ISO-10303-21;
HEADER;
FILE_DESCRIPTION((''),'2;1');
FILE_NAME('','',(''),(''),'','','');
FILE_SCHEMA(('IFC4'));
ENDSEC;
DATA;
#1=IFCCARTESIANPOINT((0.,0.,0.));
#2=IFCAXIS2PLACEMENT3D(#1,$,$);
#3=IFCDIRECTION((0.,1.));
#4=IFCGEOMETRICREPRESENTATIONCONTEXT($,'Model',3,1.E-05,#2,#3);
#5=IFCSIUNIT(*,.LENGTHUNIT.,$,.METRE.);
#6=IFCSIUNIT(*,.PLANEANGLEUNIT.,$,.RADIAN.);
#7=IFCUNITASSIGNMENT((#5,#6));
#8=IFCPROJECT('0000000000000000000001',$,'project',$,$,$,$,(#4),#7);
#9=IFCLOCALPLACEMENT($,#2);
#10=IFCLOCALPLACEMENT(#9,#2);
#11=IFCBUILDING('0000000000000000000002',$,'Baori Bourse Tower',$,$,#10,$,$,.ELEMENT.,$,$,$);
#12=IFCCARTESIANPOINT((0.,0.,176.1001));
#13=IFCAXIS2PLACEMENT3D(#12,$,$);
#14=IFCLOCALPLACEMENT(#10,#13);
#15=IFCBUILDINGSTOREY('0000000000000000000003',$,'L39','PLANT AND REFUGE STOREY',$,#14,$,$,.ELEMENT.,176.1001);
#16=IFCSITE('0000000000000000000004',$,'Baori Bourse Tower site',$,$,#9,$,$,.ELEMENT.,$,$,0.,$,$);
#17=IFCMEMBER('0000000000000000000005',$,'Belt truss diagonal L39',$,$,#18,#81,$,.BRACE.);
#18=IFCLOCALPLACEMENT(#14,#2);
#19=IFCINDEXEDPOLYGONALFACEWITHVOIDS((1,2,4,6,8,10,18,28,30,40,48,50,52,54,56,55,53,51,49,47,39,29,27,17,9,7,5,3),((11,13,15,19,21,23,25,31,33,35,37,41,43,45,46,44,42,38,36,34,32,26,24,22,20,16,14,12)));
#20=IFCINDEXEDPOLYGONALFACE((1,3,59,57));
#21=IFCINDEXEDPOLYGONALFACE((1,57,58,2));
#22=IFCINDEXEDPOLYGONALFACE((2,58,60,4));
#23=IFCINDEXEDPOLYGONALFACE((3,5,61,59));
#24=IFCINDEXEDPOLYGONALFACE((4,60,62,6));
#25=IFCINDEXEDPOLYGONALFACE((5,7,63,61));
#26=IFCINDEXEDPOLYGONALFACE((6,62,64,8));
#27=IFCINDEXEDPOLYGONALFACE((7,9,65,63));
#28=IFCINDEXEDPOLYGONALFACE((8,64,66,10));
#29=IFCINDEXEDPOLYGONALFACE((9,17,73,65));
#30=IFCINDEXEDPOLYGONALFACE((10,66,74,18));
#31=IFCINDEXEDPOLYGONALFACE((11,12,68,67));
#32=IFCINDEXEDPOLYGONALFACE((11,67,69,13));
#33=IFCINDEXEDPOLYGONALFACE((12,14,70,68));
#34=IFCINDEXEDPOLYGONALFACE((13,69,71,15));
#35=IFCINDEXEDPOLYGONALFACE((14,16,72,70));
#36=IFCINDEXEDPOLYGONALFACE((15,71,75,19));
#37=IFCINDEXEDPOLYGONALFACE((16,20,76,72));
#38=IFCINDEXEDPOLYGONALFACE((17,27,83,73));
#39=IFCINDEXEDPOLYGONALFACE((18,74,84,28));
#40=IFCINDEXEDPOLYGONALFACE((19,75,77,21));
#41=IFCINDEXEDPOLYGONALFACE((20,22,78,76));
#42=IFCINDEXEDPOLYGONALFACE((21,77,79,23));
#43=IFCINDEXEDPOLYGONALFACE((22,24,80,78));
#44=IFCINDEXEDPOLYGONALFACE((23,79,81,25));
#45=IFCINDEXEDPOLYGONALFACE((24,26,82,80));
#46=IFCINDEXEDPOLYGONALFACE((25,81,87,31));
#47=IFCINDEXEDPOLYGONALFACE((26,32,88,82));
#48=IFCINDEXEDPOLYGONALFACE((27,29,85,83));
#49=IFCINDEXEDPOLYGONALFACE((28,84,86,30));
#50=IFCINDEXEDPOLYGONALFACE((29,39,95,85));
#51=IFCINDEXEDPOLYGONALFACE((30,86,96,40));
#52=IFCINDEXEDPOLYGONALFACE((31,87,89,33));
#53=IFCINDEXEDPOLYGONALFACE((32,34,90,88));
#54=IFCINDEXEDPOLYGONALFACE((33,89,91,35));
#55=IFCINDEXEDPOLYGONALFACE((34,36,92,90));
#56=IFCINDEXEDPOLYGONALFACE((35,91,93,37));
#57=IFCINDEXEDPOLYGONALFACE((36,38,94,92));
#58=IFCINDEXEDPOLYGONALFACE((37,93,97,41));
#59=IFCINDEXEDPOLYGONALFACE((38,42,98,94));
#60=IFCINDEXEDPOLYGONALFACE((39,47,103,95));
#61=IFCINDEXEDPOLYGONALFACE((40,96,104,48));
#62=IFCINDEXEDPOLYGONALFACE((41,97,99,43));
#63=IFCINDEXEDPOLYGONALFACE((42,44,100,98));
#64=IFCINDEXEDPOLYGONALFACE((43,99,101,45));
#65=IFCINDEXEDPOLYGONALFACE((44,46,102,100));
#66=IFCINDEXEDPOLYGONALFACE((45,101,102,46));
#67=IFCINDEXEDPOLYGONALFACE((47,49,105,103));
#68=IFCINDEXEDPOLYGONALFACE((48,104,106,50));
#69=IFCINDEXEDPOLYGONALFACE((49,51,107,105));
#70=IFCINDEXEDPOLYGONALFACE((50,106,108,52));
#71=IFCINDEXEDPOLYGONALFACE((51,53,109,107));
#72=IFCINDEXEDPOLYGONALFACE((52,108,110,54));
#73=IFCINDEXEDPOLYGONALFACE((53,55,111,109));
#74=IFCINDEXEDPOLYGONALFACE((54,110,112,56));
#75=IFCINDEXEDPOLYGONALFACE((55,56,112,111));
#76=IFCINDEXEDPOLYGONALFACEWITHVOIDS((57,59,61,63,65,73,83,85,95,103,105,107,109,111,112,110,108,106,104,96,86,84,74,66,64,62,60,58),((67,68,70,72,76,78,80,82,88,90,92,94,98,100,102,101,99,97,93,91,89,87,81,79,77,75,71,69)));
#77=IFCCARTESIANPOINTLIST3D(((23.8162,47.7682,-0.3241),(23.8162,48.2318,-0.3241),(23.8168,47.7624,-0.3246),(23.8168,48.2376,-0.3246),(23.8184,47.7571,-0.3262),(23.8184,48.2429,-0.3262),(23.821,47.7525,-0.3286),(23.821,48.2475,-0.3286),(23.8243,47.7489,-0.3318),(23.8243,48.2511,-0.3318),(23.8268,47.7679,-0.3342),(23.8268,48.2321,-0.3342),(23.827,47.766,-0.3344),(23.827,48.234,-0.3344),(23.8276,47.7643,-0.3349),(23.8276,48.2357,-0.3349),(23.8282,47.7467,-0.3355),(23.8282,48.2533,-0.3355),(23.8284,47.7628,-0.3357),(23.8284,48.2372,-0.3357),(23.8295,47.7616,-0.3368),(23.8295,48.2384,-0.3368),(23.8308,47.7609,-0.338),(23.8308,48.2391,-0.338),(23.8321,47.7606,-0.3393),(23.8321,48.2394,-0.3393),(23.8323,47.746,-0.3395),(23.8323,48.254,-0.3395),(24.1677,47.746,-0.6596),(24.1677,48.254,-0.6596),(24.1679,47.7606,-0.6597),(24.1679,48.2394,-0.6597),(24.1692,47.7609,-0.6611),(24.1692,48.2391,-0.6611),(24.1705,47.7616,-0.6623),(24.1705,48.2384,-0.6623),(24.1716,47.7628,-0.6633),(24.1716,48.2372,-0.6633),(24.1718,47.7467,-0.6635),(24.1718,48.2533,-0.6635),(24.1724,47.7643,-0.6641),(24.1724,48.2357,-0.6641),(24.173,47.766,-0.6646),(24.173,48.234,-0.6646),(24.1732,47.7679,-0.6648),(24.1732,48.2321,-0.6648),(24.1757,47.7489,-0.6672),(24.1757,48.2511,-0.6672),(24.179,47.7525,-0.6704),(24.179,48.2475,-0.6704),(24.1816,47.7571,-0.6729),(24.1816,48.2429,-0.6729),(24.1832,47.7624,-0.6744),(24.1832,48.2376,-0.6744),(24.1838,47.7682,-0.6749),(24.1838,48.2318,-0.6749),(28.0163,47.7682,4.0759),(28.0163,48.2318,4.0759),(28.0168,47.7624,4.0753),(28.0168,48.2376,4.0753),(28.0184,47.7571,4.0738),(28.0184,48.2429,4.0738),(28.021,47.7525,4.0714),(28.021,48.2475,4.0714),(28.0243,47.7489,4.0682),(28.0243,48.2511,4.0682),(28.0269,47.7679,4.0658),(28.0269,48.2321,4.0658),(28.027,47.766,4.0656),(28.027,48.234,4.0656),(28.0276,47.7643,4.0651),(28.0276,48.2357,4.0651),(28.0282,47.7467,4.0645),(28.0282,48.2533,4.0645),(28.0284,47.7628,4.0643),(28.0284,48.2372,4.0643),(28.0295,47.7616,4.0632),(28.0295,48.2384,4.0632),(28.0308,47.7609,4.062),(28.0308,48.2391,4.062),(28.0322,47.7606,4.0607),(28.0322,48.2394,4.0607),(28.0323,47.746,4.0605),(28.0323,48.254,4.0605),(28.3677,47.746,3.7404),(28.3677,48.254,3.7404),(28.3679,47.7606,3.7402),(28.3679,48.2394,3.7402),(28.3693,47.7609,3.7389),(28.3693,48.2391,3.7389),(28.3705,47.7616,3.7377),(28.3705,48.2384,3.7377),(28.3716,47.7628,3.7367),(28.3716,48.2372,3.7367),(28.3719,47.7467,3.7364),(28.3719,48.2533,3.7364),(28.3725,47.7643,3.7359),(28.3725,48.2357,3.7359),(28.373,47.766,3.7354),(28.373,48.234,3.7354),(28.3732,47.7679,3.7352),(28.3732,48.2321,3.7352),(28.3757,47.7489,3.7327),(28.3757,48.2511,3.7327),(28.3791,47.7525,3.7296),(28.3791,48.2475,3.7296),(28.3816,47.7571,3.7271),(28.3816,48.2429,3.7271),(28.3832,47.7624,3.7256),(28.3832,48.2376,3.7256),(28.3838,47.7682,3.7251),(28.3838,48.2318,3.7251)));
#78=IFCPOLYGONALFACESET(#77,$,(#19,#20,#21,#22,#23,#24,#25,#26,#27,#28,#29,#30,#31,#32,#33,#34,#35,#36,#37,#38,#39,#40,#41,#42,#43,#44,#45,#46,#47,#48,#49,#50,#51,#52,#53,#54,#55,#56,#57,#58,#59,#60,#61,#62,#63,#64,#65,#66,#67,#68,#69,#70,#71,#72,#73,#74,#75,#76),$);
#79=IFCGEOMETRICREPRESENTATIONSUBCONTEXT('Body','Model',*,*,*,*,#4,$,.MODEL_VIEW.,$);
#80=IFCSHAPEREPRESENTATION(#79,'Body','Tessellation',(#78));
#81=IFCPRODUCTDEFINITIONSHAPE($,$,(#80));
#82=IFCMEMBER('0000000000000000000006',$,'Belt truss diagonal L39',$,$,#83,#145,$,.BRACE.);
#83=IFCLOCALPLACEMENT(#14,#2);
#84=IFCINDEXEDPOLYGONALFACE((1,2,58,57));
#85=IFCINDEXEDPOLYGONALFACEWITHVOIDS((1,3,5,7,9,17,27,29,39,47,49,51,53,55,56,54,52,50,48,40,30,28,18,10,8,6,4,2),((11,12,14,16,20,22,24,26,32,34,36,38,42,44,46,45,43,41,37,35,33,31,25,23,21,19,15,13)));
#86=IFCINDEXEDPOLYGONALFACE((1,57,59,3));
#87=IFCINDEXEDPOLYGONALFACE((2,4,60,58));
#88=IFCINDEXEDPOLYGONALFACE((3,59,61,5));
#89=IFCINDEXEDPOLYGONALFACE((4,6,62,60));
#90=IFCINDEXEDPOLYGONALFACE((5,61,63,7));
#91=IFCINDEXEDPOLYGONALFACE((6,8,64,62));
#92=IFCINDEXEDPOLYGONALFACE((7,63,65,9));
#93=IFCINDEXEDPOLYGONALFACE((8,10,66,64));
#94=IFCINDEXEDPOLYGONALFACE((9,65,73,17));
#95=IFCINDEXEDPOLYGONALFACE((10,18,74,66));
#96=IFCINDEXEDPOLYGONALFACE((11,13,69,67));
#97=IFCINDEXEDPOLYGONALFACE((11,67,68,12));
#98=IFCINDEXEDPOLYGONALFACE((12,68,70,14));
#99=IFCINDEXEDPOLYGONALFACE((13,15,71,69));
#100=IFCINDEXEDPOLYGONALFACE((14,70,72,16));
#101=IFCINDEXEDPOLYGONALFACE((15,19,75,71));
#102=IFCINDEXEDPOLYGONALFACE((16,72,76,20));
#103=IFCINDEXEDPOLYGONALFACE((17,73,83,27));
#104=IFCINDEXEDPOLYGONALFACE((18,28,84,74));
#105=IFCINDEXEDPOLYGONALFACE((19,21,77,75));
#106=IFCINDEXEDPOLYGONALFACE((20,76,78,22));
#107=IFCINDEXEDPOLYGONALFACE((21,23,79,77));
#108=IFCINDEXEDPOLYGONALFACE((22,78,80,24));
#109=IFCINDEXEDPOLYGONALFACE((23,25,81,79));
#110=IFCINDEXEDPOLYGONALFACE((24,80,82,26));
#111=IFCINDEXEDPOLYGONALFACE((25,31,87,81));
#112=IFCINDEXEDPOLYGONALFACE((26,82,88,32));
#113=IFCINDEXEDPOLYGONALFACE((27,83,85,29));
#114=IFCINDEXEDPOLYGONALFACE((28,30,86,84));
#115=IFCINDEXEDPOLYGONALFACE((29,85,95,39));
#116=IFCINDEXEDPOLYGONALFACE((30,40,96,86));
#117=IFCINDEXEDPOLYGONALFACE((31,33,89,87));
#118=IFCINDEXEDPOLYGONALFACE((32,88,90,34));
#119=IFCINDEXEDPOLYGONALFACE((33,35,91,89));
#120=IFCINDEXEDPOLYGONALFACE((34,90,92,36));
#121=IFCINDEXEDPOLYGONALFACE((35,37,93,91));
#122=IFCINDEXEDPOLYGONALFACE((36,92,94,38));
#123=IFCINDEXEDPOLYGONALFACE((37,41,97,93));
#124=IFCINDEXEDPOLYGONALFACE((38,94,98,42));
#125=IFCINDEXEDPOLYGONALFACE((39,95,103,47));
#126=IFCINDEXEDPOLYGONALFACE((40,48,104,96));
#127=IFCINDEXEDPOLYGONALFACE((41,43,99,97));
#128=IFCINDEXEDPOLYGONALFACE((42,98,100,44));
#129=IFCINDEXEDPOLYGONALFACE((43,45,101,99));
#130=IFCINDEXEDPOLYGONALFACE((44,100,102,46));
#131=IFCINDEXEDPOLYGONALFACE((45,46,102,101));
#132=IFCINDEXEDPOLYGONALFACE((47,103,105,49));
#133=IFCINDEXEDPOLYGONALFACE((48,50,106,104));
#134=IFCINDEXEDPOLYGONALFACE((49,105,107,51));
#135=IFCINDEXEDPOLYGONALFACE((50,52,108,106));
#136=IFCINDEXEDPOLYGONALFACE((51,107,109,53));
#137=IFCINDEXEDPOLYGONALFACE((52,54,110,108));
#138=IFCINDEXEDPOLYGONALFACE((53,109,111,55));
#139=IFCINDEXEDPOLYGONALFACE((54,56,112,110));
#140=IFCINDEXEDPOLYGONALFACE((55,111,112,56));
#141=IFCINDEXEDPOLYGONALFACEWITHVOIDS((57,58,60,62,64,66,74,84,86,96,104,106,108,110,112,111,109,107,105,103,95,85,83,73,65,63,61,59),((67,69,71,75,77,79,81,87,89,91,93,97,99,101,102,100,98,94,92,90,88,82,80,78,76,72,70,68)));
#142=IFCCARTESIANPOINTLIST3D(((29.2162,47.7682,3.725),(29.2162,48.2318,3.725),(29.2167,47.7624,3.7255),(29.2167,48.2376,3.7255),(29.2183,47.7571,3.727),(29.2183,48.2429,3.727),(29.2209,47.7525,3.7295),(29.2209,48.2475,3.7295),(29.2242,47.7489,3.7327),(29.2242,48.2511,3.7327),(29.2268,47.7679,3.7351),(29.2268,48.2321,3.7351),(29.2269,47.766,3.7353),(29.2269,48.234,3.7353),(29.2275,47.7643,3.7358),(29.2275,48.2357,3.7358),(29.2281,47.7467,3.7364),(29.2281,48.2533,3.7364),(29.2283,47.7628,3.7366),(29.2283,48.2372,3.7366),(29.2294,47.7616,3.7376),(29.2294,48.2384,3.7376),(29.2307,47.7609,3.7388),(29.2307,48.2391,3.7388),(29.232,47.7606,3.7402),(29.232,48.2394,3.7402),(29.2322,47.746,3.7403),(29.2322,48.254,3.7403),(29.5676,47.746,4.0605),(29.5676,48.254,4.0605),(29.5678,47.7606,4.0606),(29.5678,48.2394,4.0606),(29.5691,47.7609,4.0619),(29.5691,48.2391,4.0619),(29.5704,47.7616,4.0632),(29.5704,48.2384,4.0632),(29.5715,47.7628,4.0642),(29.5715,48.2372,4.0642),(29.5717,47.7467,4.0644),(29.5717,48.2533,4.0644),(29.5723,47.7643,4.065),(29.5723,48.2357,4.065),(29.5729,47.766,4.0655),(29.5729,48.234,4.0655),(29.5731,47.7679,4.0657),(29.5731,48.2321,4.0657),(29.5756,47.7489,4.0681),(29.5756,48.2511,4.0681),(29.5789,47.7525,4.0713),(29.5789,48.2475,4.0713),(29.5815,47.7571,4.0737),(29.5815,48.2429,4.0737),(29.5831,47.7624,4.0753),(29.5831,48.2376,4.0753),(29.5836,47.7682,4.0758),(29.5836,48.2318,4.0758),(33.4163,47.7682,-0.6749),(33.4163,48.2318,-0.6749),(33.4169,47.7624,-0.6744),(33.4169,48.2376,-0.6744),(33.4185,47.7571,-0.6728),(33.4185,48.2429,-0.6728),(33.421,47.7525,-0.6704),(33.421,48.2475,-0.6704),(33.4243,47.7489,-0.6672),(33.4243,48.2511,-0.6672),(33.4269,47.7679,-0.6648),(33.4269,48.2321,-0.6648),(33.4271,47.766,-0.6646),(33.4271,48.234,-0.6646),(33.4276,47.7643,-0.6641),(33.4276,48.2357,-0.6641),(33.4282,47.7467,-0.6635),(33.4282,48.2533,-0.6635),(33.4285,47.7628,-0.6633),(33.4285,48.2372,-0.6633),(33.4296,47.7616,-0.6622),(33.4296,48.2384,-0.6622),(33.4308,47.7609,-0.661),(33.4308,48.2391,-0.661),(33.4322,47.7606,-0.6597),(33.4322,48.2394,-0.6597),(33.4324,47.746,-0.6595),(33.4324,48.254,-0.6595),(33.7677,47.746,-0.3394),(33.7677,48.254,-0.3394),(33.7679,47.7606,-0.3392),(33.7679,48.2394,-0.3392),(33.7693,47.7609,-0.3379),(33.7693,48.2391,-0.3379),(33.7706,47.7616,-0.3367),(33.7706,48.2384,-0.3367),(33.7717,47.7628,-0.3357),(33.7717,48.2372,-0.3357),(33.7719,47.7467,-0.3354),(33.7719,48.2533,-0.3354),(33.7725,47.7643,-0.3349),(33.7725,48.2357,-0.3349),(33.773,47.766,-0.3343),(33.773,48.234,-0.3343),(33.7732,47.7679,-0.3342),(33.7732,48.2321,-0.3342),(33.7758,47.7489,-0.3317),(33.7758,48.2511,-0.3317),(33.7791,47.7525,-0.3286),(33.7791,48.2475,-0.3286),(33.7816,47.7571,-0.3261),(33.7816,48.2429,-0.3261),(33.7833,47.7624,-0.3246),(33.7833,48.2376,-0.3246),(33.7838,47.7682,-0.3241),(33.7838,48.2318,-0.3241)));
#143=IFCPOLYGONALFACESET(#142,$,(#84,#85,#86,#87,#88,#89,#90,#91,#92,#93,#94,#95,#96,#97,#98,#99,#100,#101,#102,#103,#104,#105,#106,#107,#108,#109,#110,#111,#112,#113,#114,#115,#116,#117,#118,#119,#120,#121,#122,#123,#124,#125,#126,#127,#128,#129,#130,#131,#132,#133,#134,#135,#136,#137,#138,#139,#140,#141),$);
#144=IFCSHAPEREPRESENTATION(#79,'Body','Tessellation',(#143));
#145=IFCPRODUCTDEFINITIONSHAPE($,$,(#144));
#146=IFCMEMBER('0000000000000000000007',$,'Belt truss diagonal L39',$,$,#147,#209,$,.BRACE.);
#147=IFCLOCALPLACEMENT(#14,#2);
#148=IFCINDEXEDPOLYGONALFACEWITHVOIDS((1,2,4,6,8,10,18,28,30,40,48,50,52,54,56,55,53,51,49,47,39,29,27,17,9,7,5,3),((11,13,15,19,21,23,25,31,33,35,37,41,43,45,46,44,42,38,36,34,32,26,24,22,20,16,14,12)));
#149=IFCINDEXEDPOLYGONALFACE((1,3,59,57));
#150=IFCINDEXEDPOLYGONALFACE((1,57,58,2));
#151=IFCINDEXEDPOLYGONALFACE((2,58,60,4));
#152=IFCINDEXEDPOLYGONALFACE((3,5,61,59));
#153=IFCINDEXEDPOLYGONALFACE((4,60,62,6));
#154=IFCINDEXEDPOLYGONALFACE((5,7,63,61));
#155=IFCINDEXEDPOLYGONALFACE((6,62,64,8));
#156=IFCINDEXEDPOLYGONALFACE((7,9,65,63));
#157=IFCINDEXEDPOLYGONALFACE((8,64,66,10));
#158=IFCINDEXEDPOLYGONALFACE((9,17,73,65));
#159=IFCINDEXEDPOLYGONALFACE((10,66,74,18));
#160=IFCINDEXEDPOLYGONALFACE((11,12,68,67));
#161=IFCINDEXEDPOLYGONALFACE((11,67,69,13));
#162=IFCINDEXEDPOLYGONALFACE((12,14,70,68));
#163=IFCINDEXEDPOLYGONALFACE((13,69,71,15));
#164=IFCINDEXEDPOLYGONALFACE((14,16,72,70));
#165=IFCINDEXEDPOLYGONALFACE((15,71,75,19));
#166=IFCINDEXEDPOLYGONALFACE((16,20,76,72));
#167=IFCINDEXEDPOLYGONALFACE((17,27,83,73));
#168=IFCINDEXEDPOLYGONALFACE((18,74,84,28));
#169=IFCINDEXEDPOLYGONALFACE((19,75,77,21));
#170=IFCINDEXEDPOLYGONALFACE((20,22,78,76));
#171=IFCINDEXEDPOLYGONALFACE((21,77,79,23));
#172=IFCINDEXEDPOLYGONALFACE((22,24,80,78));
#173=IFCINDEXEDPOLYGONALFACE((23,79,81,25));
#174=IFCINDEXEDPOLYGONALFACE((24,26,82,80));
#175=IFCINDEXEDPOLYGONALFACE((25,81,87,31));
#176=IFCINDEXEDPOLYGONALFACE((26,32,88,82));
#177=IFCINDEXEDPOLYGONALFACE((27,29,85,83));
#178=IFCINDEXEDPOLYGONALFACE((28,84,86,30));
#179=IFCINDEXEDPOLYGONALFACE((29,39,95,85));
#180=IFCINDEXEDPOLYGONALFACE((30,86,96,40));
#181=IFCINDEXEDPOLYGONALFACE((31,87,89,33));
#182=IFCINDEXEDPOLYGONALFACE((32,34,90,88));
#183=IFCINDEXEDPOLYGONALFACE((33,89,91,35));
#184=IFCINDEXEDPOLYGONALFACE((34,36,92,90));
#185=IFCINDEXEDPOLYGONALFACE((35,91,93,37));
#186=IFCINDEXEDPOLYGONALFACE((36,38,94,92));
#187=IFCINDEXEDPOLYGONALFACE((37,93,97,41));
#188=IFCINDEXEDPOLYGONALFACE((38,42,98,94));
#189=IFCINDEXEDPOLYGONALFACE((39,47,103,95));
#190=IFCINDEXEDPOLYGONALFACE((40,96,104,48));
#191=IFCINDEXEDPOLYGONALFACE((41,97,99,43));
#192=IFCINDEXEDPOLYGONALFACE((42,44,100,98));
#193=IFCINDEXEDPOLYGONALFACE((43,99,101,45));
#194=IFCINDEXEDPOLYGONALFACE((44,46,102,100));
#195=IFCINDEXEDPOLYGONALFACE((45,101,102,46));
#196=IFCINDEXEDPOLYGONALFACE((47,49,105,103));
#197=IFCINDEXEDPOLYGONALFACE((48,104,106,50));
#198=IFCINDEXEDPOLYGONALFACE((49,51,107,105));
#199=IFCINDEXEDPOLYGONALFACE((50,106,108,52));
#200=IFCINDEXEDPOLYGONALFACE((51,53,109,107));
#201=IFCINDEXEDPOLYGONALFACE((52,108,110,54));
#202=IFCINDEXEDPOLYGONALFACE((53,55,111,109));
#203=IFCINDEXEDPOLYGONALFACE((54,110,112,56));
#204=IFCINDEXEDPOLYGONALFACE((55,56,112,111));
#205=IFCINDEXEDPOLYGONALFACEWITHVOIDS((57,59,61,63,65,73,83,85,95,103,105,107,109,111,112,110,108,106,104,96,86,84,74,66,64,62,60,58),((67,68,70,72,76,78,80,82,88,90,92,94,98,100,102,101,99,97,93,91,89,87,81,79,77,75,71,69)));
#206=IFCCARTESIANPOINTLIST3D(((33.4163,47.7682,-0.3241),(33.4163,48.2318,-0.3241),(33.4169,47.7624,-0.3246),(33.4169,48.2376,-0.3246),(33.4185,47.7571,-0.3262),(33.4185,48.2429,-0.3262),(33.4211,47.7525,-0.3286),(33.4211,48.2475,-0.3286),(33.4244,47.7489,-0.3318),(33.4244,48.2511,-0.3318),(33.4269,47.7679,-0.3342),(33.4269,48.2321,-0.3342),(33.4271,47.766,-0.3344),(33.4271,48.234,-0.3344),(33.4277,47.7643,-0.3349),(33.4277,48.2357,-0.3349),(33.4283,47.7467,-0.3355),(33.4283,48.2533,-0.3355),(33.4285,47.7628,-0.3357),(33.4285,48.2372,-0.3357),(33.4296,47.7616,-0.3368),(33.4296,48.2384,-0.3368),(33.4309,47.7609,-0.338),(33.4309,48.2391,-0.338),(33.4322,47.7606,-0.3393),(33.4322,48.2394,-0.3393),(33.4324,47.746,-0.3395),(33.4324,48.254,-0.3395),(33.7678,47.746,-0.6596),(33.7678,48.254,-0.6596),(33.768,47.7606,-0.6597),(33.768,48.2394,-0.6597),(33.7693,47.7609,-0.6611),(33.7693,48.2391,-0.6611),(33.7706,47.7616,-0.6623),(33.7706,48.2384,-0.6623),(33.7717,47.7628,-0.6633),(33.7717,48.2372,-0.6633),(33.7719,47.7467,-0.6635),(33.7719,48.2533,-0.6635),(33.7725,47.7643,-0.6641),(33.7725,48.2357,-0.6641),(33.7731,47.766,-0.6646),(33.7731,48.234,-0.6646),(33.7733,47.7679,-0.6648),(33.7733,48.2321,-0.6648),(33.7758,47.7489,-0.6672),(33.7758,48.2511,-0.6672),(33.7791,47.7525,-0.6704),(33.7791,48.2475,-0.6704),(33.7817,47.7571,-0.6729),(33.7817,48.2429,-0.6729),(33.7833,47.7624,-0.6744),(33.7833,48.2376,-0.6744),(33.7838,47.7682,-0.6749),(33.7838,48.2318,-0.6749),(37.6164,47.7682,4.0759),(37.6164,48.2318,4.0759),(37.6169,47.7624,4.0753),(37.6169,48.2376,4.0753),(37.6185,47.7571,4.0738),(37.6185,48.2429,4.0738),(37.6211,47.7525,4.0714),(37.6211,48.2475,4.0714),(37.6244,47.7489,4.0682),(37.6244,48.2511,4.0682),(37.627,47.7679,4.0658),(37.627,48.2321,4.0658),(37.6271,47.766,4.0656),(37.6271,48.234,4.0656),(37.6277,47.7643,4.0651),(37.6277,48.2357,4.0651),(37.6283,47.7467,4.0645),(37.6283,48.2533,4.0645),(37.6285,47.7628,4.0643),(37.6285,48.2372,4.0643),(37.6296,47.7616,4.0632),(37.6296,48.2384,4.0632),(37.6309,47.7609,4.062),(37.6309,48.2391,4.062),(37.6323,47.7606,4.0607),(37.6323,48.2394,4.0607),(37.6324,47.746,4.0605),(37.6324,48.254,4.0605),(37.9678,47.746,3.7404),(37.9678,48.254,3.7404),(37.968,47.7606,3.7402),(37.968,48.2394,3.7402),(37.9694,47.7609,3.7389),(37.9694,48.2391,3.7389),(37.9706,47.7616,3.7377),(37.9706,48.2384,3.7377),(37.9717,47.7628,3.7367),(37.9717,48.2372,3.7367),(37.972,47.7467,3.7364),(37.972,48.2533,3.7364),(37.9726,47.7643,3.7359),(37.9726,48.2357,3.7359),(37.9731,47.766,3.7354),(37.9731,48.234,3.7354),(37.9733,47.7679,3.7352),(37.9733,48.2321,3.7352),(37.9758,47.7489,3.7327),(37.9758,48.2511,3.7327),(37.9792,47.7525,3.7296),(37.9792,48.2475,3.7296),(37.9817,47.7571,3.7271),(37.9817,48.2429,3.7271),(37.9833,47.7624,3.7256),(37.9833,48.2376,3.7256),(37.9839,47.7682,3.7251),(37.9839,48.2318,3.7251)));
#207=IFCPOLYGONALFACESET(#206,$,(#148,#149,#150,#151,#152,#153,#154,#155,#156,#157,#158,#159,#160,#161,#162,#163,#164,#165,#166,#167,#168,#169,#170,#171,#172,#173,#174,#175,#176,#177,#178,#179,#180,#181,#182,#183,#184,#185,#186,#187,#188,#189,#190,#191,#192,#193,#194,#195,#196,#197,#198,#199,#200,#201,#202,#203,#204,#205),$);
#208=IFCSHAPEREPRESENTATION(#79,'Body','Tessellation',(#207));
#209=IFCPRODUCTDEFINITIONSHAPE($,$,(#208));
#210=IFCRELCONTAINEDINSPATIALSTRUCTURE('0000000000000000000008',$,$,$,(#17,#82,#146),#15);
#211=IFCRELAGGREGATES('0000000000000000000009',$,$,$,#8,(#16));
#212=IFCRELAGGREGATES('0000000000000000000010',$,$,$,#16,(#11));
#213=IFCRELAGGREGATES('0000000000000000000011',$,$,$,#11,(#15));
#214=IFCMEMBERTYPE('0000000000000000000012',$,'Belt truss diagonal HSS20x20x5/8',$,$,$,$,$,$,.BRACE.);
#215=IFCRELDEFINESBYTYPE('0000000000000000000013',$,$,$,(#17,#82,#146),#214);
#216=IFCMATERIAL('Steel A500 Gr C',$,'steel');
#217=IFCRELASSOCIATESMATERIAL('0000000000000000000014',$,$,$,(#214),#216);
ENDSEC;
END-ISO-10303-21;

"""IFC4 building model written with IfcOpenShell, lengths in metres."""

from ifc_helpers import new_model, si_unit, direction, frame, origin, origin_2d, place, context, subcontext, project, spatial, hollow_rectangle, extrude, material, material_profile, profile_set, type_object, element, save


model = new_model("IFC4")

# Units and contexts
model_context = context("Model", 3, precision=1e-05, world=origin(), true_north=direction((0.0, 1.0)))
body_context = subcontext(model_context, "Body", "Model", "MODEL_VIEW")
ifc_project = project(units=[si_unit("LENGTHUNIT", "METRE"), si_unit("PLANEANGLEUNIT", "RADIAN")], contexts=[model_context])

# Site, building, storey
site_placement = place(None, origin())
site = spatial("IfcSite", under=ifc_project, at=site_placement, Name="Baori Bourse Tower site", CompositionType="ELEMENT", RefElevation=0.0)
building_placement = place(site_placement, origin())
building = spatial("IfcBuilding", under=site, at=building_placement, Name="Baori Bourse Tower", CompositionType="ELEMENT")
storey_placement = place(building_placement, frame((0.0, 0.0, 176.1001)))
storey = spatial("IfcBuildingStorey", under=building, at=storey_placement, Name="L39", Description="PLANT AND REFUGE STOREY", CompositionType="ELEMENT", Elevation=176.1001)

# Members
ifc_material_1 = material(Name="Steel A500 Gr C", Category="steel")
ifc_material_profile_1 = material_profile(ifc_material_1, hollow_rectangle(XDim=0.5081, YDim=0.5081, WallThickness=0.0146, InnerFilletRadius=0.0073, OuterFilletRadius=0.0222, at=origin_2d()), Name="HSS20x20x5/8")
ifc_profile_set_1 = profile_set([ifc_material_profile_1], Name="Steel A500 Gr C")
member_type_1 = type_object("IfcMemberType", Name="Belt truss diagonal HSS20x20x5/8", PredefinedType="BRACE", material=ifc_profile_set_1)
for number, where, z_axis, x_axis, name in (
    (1, (24.0, 48.0, -0.4995), (0.69048, 0.0, 0.723352), (0.0, 1.0, 0.0), "Belt truss diagonal L39"),
    (2, (29.3999, 48.0, 3.9004), (0.690501, 0.0, -0.723332), (0.0, 1.0, 0.0), "Belt truss diagonal L39"),
    (3, (33.6001, 48.0, -0.4995), (0.69048, 0.0, 0.723352), (0.0, 1.0, 0.0), "Belt truss diagonal L39"),
):
    element("IfcMember", number, at=place(storey_placement, frame(where, z_axis=z_axis, x_axis=x_axis)), inside=storey, type_object=member_type_1, Name=name, PredefinedType="BRACE", context=body_context, shape_type="SweptSolid", body=[
        extrude(hollow_rectangle(XDim=0.5081, YDim=0.5081, WallThickness=0.0146, InnerFilletRadius=0.0073, OuterFilletRadius=0.0222, at=origin_2d()), origin(), (0.0, 0.0, 1.0), 6.0828),
    ])

save(model, "model.ifc")
